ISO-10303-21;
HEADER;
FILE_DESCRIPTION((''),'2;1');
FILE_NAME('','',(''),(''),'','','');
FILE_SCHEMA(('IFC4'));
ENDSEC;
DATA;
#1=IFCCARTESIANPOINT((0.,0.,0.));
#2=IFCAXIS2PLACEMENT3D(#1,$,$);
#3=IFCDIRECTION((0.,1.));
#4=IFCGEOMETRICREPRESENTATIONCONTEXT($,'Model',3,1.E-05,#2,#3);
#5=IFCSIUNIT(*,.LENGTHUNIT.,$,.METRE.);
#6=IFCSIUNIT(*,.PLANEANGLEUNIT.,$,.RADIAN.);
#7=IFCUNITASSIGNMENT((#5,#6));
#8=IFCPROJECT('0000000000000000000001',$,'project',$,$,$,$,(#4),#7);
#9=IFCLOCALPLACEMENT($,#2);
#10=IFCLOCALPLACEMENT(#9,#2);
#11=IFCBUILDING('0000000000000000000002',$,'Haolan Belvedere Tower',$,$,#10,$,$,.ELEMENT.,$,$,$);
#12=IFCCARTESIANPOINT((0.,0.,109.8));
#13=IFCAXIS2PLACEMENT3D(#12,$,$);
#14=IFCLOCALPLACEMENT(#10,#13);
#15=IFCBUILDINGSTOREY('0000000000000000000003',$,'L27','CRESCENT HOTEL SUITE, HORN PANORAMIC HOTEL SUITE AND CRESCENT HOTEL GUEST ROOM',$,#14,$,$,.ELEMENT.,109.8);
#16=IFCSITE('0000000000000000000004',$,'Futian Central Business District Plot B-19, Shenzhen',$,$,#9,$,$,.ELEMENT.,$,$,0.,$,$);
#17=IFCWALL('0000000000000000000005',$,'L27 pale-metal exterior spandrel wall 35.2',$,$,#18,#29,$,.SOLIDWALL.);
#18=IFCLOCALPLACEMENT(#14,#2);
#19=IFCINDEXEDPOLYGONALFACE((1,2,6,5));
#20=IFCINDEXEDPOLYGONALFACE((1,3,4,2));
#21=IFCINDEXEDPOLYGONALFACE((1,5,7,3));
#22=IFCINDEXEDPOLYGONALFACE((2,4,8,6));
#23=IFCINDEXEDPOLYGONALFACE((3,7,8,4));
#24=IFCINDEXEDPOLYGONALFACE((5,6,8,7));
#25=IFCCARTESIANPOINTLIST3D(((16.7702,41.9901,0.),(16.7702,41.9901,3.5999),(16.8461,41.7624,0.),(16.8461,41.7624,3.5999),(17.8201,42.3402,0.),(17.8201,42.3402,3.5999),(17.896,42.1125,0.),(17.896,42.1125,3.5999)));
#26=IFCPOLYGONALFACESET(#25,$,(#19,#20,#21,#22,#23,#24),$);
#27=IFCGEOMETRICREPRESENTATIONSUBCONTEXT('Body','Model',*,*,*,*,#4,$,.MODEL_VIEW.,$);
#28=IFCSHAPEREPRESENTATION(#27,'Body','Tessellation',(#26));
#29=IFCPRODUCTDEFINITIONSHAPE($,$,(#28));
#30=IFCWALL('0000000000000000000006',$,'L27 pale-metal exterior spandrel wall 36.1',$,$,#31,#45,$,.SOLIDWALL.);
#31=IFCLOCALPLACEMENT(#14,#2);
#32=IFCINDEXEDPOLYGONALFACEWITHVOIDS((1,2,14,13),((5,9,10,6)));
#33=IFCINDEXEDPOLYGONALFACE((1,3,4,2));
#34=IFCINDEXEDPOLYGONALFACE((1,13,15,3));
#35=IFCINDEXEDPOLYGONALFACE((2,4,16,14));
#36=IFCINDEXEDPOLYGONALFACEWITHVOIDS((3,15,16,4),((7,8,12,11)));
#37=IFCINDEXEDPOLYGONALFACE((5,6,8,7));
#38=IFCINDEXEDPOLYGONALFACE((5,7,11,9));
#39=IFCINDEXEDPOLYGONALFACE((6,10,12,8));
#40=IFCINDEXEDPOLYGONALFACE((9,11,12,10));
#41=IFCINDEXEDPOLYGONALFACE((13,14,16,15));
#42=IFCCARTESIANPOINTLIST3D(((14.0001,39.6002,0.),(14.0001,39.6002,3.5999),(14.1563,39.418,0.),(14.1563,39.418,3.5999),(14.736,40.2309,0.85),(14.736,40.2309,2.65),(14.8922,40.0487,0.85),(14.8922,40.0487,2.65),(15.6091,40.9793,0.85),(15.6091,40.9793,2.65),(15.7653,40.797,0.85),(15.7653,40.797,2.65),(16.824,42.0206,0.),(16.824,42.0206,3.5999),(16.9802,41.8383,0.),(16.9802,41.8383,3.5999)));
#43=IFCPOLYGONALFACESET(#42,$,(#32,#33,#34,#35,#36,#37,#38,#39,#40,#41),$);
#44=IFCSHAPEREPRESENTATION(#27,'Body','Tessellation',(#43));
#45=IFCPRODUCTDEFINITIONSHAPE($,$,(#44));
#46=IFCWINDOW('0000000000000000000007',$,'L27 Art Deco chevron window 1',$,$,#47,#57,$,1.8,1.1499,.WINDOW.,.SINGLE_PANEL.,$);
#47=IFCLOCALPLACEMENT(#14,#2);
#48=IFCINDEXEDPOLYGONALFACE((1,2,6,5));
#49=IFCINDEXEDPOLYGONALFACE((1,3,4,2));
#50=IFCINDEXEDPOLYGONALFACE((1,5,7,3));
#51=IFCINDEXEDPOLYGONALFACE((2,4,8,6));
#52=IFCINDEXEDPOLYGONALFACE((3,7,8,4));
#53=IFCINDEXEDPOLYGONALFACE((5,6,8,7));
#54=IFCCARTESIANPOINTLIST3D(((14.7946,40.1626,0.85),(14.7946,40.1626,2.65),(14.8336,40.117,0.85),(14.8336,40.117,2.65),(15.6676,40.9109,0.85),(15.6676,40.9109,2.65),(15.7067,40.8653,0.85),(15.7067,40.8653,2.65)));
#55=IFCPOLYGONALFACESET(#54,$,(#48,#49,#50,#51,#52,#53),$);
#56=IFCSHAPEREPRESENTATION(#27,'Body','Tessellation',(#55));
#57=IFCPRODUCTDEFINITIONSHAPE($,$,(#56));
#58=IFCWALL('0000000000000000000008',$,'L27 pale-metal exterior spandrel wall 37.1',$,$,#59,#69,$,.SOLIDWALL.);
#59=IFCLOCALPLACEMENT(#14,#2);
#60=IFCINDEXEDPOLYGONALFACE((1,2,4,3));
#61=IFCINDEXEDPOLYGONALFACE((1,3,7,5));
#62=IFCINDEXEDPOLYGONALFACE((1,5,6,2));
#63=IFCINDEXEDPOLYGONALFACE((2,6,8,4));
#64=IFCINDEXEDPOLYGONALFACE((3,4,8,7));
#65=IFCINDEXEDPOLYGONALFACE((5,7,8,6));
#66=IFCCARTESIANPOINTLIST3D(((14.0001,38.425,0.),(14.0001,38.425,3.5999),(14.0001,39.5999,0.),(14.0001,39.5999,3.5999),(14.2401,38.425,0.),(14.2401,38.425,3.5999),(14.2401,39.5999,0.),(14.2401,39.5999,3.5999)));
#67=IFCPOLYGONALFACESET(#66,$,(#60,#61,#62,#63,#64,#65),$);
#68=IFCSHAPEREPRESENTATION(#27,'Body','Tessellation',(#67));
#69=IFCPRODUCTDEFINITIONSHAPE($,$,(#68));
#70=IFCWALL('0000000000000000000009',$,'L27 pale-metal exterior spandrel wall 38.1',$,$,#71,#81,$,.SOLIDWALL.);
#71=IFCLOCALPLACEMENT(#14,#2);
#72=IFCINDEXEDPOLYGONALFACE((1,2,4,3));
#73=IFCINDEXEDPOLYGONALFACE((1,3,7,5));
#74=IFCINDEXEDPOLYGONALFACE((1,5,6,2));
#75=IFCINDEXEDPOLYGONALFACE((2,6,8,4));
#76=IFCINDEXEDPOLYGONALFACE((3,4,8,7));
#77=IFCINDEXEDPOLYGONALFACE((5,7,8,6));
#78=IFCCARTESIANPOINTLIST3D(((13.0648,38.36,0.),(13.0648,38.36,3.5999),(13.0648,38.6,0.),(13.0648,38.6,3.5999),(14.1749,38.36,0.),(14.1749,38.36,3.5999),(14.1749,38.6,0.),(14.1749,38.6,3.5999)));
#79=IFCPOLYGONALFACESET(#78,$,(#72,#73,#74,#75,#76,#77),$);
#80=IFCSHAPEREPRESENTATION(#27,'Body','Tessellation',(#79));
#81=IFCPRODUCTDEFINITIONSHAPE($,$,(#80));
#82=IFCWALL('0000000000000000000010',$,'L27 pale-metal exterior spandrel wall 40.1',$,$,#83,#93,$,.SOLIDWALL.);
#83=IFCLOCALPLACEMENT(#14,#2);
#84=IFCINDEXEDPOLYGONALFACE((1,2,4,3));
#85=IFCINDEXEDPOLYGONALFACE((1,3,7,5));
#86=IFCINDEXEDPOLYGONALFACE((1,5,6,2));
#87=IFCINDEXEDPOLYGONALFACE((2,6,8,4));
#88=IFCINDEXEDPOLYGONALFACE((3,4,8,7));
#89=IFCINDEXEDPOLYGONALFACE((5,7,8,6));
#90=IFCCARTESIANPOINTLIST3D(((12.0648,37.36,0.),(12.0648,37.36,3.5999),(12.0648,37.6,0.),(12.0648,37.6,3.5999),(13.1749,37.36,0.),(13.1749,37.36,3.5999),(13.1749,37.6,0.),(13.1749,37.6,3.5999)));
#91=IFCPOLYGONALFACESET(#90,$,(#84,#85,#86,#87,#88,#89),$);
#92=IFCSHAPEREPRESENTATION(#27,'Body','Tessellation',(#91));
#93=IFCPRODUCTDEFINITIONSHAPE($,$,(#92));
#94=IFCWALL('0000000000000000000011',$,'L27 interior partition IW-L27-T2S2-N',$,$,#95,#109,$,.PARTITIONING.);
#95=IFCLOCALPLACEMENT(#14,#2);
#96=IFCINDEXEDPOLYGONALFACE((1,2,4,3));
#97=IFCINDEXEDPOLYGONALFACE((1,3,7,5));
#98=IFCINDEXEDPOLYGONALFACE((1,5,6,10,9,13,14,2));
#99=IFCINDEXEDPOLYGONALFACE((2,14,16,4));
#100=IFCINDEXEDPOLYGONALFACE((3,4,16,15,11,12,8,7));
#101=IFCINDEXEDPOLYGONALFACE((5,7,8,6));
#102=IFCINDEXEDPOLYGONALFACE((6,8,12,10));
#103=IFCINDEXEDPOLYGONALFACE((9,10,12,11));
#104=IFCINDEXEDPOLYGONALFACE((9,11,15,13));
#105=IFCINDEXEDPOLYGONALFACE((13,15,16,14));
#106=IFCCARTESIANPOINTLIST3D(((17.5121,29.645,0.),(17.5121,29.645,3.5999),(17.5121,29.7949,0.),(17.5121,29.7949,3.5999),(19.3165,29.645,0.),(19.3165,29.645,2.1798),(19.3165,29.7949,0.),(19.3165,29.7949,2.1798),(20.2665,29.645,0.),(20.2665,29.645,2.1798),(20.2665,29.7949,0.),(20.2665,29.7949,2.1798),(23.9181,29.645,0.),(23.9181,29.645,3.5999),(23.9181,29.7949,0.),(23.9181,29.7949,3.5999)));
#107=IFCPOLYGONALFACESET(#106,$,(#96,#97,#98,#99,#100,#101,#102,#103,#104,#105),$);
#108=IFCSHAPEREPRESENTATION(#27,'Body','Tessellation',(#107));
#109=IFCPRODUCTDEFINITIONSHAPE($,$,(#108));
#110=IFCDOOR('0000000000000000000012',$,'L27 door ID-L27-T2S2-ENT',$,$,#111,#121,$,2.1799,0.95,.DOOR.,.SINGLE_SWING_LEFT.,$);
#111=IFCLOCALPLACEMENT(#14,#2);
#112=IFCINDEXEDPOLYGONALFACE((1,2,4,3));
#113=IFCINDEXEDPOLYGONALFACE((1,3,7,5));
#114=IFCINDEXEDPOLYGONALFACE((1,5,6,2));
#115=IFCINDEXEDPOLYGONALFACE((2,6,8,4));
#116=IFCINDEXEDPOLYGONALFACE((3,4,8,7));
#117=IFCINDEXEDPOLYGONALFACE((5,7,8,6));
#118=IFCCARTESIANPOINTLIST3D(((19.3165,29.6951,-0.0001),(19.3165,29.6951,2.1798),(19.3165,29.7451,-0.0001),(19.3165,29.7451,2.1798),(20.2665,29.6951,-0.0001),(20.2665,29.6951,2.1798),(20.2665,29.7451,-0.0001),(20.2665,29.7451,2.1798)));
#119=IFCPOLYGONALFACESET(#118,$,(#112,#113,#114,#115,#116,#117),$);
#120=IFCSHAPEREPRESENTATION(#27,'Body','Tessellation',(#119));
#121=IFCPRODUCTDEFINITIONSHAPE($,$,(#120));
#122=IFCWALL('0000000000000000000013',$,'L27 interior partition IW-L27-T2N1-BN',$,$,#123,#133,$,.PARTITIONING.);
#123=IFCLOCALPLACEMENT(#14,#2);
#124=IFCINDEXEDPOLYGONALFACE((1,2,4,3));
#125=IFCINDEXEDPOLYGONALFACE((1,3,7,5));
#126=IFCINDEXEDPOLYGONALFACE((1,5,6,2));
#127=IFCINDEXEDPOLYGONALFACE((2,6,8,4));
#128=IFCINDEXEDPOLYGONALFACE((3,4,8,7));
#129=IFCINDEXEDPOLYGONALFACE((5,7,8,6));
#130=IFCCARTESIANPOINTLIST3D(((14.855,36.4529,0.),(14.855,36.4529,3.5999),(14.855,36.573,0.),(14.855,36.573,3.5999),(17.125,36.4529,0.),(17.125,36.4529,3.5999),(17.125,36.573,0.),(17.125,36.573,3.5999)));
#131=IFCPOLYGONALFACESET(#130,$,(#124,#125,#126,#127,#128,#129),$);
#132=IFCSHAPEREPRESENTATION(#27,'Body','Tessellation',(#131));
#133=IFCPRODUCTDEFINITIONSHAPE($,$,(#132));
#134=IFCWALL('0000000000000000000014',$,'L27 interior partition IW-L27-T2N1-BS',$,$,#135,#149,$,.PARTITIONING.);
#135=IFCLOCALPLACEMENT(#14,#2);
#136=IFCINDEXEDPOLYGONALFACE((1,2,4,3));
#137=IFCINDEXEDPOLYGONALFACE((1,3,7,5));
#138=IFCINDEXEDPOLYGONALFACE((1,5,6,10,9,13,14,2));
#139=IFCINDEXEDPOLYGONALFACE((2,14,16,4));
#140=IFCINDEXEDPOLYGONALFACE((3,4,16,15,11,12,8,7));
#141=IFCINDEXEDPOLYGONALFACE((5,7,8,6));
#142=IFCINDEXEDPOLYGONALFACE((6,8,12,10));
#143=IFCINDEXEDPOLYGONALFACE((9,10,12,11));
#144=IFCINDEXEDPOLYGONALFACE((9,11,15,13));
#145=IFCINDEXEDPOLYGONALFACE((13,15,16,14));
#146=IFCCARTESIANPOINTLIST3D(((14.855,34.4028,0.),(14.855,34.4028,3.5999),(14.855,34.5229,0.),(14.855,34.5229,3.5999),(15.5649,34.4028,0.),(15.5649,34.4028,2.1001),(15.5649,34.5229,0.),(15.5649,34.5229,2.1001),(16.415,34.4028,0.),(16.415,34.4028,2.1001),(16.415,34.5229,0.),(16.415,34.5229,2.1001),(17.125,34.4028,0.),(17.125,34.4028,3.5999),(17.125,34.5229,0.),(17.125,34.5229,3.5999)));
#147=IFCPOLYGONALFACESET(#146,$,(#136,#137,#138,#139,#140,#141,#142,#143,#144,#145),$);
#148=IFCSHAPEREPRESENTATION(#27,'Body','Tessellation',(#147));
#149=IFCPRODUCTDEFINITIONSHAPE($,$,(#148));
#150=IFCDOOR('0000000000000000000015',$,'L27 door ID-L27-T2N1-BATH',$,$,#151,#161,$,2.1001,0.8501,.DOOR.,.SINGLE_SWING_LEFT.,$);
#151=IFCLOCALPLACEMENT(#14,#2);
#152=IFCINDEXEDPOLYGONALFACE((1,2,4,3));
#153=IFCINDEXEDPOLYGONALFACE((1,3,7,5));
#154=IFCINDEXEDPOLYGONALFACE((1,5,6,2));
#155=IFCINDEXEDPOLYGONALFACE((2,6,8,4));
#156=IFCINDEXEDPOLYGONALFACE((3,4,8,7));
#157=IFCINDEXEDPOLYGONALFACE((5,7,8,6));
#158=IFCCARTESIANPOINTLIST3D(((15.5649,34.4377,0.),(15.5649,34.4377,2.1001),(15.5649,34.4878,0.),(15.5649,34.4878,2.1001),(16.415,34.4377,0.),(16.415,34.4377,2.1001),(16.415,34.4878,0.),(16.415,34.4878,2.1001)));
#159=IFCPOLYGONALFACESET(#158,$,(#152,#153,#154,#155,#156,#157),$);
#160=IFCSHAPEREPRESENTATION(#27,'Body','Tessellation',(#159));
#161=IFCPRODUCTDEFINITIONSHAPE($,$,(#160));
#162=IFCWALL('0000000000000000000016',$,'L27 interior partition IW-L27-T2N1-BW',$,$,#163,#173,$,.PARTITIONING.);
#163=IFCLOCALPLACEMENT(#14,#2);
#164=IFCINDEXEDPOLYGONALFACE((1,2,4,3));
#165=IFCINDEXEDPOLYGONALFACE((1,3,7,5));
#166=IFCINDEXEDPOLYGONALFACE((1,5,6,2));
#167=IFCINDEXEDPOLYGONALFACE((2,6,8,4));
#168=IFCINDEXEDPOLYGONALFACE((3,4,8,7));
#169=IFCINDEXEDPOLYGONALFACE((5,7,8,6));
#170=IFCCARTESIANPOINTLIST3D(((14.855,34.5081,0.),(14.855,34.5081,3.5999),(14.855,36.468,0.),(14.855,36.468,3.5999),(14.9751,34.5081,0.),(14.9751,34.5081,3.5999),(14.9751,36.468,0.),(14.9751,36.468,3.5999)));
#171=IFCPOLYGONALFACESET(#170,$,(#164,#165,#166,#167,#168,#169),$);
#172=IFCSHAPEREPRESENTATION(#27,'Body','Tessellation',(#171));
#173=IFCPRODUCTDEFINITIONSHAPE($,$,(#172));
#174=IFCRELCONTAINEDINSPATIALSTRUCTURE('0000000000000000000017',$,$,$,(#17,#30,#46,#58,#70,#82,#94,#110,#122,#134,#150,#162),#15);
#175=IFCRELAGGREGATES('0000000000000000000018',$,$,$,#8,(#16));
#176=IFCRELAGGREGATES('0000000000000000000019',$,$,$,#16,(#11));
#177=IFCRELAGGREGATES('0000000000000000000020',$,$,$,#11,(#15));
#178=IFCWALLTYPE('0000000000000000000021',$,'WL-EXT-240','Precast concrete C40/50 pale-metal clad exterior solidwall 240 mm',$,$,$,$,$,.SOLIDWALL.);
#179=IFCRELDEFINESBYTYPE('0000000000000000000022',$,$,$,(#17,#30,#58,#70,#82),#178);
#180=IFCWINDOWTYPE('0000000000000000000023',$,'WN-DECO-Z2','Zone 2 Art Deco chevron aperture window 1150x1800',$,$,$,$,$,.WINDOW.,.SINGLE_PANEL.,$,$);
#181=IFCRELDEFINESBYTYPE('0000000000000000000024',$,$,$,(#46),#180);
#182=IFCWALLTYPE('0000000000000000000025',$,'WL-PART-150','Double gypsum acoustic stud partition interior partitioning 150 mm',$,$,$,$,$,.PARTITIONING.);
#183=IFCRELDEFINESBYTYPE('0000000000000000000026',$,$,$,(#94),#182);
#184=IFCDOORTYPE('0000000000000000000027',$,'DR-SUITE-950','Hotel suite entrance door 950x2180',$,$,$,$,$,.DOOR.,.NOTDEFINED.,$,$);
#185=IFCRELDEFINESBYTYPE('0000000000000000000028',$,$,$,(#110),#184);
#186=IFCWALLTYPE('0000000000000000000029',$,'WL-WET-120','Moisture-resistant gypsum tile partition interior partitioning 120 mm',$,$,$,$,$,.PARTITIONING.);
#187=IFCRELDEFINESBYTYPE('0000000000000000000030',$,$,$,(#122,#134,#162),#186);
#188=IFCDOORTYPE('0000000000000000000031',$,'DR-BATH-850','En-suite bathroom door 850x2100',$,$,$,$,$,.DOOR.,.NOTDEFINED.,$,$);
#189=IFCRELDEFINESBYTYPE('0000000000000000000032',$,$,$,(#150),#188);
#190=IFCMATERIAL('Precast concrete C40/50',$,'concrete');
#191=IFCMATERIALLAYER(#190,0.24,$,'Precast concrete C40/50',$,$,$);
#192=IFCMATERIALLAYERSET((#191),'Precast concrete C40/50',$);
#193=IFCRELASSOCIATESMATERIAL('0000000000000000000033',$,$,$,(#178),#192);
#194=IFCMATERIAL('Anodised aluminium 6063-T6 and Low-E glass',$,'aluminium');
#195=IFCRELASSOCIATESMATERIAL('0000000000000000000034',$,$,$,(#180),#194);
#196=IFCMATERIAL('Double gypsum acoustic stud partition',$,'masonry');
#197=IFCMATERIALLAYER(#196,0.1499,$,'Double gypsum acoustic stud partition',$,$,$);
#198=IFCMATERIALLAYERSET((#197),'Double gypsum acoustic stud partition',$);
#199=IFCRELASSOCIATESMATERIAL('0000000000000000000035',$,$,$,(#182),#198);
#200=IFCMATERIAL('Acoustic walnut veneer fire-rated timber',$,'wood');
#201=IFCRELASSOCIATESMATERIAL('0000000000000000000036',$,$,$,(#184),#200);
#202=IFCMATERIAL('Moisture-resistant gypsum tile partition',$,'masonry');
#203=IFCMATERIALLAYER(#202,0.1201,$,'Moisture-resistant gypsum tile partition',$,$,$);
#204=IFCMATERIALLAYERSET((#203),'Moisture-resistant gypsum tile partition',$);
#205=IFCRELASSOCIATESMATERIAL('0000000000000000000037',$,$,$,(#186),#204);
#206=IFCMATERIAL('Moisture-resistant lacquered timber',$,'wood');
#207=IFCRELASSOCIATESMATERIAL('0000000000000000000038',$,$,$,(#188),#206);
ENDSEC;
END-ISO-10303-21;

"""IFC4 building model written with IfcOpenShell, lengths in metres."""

from ifc_helpers import new_model, si_unit, direction, frame, frame_2d, origin, place, context, subcontext, project, spatial, rectangle, extrude, material, layer, layer_set, type_object, element, fill, save


model = new_model("IFC4")

# Units and contexts
model_context = context("Model", 3, precision=1e-05, world=origin(), true_north=direction((0.0, 1.0)))
body_context = subcontext(model_context, "Body", "Model", "MODEL_VIEW")
ifc_project = project(units=[si_unit("LENGTHUNIT", "METRE"), si_unit("PLANEANGLEUNIT", "RADIAN")], contexts=[model_context])

# Site, building, storey
site_placement = place(None, origin())
site = spatial("IfcSite", under=ifc_project, at=site_placement, Name="Futian Central Business District Plot B-19, Shenzhen", CompositionType="ELEMENT", RefElevation=0.0)
building_placement = place(site_placement, origin())
building = spatial("IfcBuilding", under=site, at=building_placement, Name="Haolan Belvedere Tower", CompositionType="ELEMENT")
storey_placement = place(building_placement, frame((0.0, 0.0, 109.8)))
storey = spatial("IfcBuildingStorey", under=building, at=storey_placement, Name="L27", Description="CRESCENT HOTEL SUITE, HORN PANORAMIC HOTEL SUITE AND CRESCENT HOTEL GUEST ROOM", CompositionType="ELEMENT", Elevation=109.8)

# Wall
ifc_material_1 = material(Name="Precast concrete C40/50", Category="concrete")
ifc_layer_1 = layer(ifc_material_1, 0.24, Name="Precast concrete C40/50")
ifc_layer_set_1 = layer_set([ifc_layer_1], Name="Precast concrete C40/50")
wall_type_1 = type_object("IfcWallType", Name="WL-EXT-240", Description="Precast concrete C40/50 pale-metal clad exterior solidwall 240 mm", PredefinedType="SOLIDWALL", material=ifc_layer_set_1)
wall_1_placement = place(storey_placement, frame((17.8579, 42.2263, 0.0), z_axis=(0.0, 0.0, 1.0), x_axis=(-0.948639, -0.31636, 0.0)))
element("IfcWall", 1, at=wall_1_placement, inside=storey, type_object=wall_type_1, Name="L27 pale-metal exterior spandrel wall 35.2", PredefinedType="SOLIDWALL", context=body_context, shape_type="SweptSolid", body=[
    extrude(rectangle(XDim=1.1067, YDim=0.24, at=frame_2d((0.5532, 0.0))), origin(), (0.0, 0.0, 1.0), 3.5999),
])

# Wall, opening, window
wall_2_placement = place(storey_placement, frame((16.9021, 41.9294, 0.0), z_axis=(0.0, 0.0, 1.0), x_axis=(-0.759275, -0.65077, 0.0)))
wall_2 = element("IfcWall", 2, at=wall_2_placement, inside=storey, type_object=wall_type_1, Name="L27 pale-metal exterior spandrel wall 36.1", PredefinedType="SOLIDWALL", context=body_context, shape_type="SweptSolid", body=[
    extrude(rectangle(XDim=3.7192, YDim=0.24, at=frame_2d((1.8596, 0.0))), origin(), (0.0, 0.0, 1.0), 3.5999),
])
opening_1_placement = place(wall_2_placement, frame((1.6001, 0.0, 0.8501)))
opening_1 = element("IfcOpeningElement", 3, at=opening_1_placement, cuts=wall_2, PredefinedType="OPENING", context=body_context, shape_type="SweptSolid", body=[
    extrude(rectangle(XDim=1.1499, YDim=1.8, at=frame_2d((0.575, 0.8999))), frame((0.0, 0.1299, 0.0), z_axis=(0.0, -1.0, 0.0), x_axis=(1.0, 0.0, 0.0)), (0.0, 0.0, 1.0), 0.26),
])
ifc_material_2 = material(Name="Anodised aluminium 6063-T6 and Low-E glass", Category="aluminium")
window_type = type_object("IfcWindowType", Name="WN-DECO-Z2", Description="Zone 2 Art Deco chevron aperture window 1150x1800", PartitioningType="SINGLE_PANEL", PredefinedType="WINDOW", material=ifc_material_2)
window_placement = place(opening_1_placement, origin())
window = element("IfcWindow", 4, at=window_placement, inside=storey, type_object=window_type, Name="L27 Art Deco chevron window 1", OverallHeight=1.8, OverallWidth=1.1499, PartitioningType="SINGLE_PANEL", PredefinedType="WINDOW", context=body_context, shape_type="SweptSolid", body=[
    extrude(rectangle(XDim=1.1499, YDim=1.8, at=frame_2d((0.575, 0.8999))), frame((0.0, 0.03, 0.0), z_axis=(0.0, -1.0, 0.0), x_axis=(1.0, 0.0, 0.0)), (0.0, 0.0, 1.0), 0.0601),
])
fill(opening_1, window)

# Walls
wall_3_placement = place(storey_placement, frame((14.1201, 39.5999, 0.0), z_axis=(0.0, 0.0, 1.0), x_axis=(0.0, -1.0, 0.0)))
element("IfcWall", 5, at=wall_3_placement, inside=storey, type_object=wall_type_1, Name="L27 pale-metal exterior spandrel wall 37.1", PredefinedType="SOLIDWALL", context=body_context, shape_type="SweptSolid", body=[
    extrude(rectangle(XDim=1.1748, YDim=0.24, at=frame_2d((0.5874, 0.0))), origin(), (0.0, 0.0, 1.0), 3.5999),
])
for number, where, z_axis, x_axis, name in (
    (6, (14.175, 38.48, 0.0), (0.0, 0.0, 1.0), (-1.0, 0.0, 0.0), "L27 pale-metal exterior spandrel wall 38.1"),
    (7, (13.175, 37.48, 0.0), (0.0, 0.0, 1.0), (-1.0, 0.0, 0.0), "L27 pale-metal exterior spandrel wall 40.1"),
):
    element("IfcWall", number, at=place(storey_placement, frame(where, z_axis=z_axis, x_axis=x_axis)), inside=storey, type_object=wall_type_1, Name=name, PredefinedType="SOLIDWALL", context=body_context, shape_type="SweptSolid", body=[
        extrude(rectangle(XDim=1.1101, YDim=0.24, at=frame_2d((0.5552, 0.0))), origin(), (0.0, 0.0, 1.0), 3.5999),
    ])

# Wall, opening, door
ifc_material_3 = material(Name="Double gypsum acoustic stud partition", Category="masonry")
ifc_layer_2 = layer(ifc_material_3, 0.1499, Name="Double gypsum acoustic stud partition")
ifc_layer_set_2 = layer_set([ifc_layer_2], Name="Double gypsum acoustic stud partition")
wall_type_2 = type_object("IfcWallType", Name="WL-PART-150", Description="Double gypsum acoustic stud partition interior partitioning 150 mm", PredefinedType="PARTITIONING", material=ifc_layer_set_2)
wall_4_placement = place(storey_placement, frame((17.512, 29.72, 0.0), z_axis=(0.0, 0.0, 1.0), x_axis=(1.0, 0.0, 0.0)))
wall_4 = element("IfcWall", 8, at=wall_4_placement, inside=storey, type_object=wall_type_2, Name="L27 interior partition IW-L27-T2S2-N", PredefinedType="PARTITIONING", context=body_context, shape_type="SweptSolid", body=[
    extrude(rectangle(XDim=6.406, YDim=0.1499, at=frame_2d((3.2031, 0.0))), origin(), (0.0, 0.0, 1.0), 3.5999),
])
opening_2_placement = place(wall_4_placement, frame((2.7546, 0.0, 0.0), z_axis=(0.0, 0.0, 1.0), x_axis=(-1.0, 0.0, 0.0)))
opening_2 = element("IfcOpeningElement", 9, at=opening_2_placement, cuts=wall_4, PredefinedType="OPENING", context=body_context, shape_type="SweptSolid", body=[
    extrude(rectangle(XDim=0.95, YDim=2.1799, at=frame_2d((0.4751, 1.0898))), frame((0.0, 0.085, 0.0), z_axis=(0.0, -1.0, 0.0), x_axis=(1.0, 0.0, 0.0)), (0.0, 0.0, 1.0), 0.1699),
])
ifc_material_4 = material(Name="Acoustic walnut veneer fire-rated timber", Category="wood")
door_type_1 = type_object("IfcDoorType", Name="DR-SUITE-950", Description="Hotel suite entrance door 950x2180", OperationType="NOTDEFINED", PredefinedType="DOOR", material=ifc_material_4)
door_1_placement = place(opening_2_placement, origin())
door_1 = element("IfcDoor", 10, at=door_1_placement, inside=storey, type_object=door_type_1, Name="L27 door ID-L27-T2S2-ENT", OperationType="SINGLE_SWING_LEFT", OverallHeight=2.1799, OverallWidth=0.95, PredefinedType="DOOR", context=body_context, shape_type="SweptSolid", body=[
    extrude(rectangle(XDim=0.95, YDim=2.1799, at=frame_2d((0.4751, 1.0898))), frame((0.0, 0.0249, 0.0), z_axis=(0.0, -1.0, 0.0), x_axis=(1.0, 0.0, 0.0)), (0.0, 0.0, 1.0), 0.05),
])
fill(opening_2, door_1)

# Wall
ifc_material_5 = material(Name="Moisture-resistant gypsum tile partition", Category="masonry")
ifc_layer_3 = layer(ifc_material_5, 0.1201, Name="Moisture-resistant gypsum tile partition")
ifc_layer_set_3 = layer_set([ifc_layer_3], Name="Moisture-resistant gypsum tile partition")
wall_type_3 = type_object("IfcWallType", Name="WL-WET-120", Description="Moisture-resistant gypsum tile partition interior partitioning 120 mm", PredefinedType="PARTITIONING", material=ifc_layer_set_3)
wall_5_placement = place(storey_placement, frame((14.855, 36.5129, 0.0), z_axis=(0.0, 0.0, 1.0), x_axis=(1.0, 0.0, 0.0)))
element("IfcWall", 11, at=wall_5_placement, inside=storey, type_object=wall_type_3, Name="L27 interior partition IW-L27-T2N1-BN", PredefinedType="PARTITIONING", context=body_context, shape_type="SweptSolid", body=[
    extrude(rectangle(XDim=2.27, YDim=0.1201, at=frame_2d((1.135, 0.0))), origin(), (0.0, 0.0, 1.0), 3.5999),
])

# Wall, opening, door
wall_6_placement = place(storey_placement, frame((14.855, 34.4629, 0.0), z_axis=(0.0, 0.0, 1.0), x_axis=(1.0, 0.0, 0.0)))
wall_6 = element("IfcWall", 12, at=wall_6_placement, inside=storey, type_object=wall_type_3, Name="L27 interior partition IW-L27-T2N1-BS", PredefinedType="PARTITIONING", context=body_context, shape_type="SweptSolid", body=[
    extrude(rectangle(XDim=2.27, YDim=0.1201, at=frame_2d((1.135, 0.0))), origin(), (0.0, 0.0, 1.0), 3.5999),
])
opening_3_placement = place(wall_6_placement, frame((0.71, 0.0, 0.0)))
opening_3 = element("IfcOpeningElement", 13, at=opening_3_placement, cuts=wall_6, PredefinedType="OPENING", context=body_context, shape_type="SweptSolid", body=[
    extrude(rectangle(XDim=0.8501, YDim=2.1001, at=frame_2d((0.425, 1.05))), frame((0.0, 0.0701, 0.0), z_axis=(0.0, -1.0, 0.0), x_axis=(1.0, 0.0, 0.0)), (0.0, 0.0, 1.0), 0.1401),
])
ifc_material_6 = material(Name="Moisture-resistant lacquered timber", Category="wood")
door_type_2 = type_object("IfcDoorType", Name="DR-BATH-850", Description="En-suite bathroom door 850x2100", OperationType="NOTDEFINED", PredefinedType="DOOR", material=ifc_material_6)
door_2_placement = place(opening_3_placement, origin())
door_2 = element("IfcDoor", 14, at=door_2_placement, inside=storey, type_object=door_type_2, Name="L27 door ID-L27-T2N1-BATH", OperationType="SINGLE_SWING_LEFT", OverallHeight=2.1001, OverallWidth=0.8501, PredefinedType="DOOR", context=body_context, shape_type="SweptSolid", body=[
    extrude(rectangle(XDim=0.8501, YDim=2.1001, at=frame_2d((0.425, 1.05))), frame((0.0, 0.0249, 0.0), z_axis=(0.0, -1.0, 0.0), x_axis=(1.0, 0.0, 0.0)), (0.0, 0.0, 1.0), 0.05),
])
fill(opening_3, door_2)

# Wall
for number, where, z_axis, x_axis, name in (
    (15, (14.915, 34.5081, 0.0), (0.0, 0.0, 1.0), (0.0, 1.0, 0.0), "L27 interior partition IW-L27-T2N1-BW"),
):
    element("IfcWall", number, at=place(storey_placement, frame(where, z_axis=z_axis, x_axis=x_axis)), inside=storey, type_object=wall_type_3, Name=name, PredefinedType="PARTITIONING", context=body_context, shape_type="SweptSolid", body=[
        extrude(rectangle(XDim=1.96, YDim=0.1201, at=frame_2d((0.98, 0.0))), origin(), (0.0, 0.0, 1.0), 3.5999),
    ])

save(model, "model.ifc")
